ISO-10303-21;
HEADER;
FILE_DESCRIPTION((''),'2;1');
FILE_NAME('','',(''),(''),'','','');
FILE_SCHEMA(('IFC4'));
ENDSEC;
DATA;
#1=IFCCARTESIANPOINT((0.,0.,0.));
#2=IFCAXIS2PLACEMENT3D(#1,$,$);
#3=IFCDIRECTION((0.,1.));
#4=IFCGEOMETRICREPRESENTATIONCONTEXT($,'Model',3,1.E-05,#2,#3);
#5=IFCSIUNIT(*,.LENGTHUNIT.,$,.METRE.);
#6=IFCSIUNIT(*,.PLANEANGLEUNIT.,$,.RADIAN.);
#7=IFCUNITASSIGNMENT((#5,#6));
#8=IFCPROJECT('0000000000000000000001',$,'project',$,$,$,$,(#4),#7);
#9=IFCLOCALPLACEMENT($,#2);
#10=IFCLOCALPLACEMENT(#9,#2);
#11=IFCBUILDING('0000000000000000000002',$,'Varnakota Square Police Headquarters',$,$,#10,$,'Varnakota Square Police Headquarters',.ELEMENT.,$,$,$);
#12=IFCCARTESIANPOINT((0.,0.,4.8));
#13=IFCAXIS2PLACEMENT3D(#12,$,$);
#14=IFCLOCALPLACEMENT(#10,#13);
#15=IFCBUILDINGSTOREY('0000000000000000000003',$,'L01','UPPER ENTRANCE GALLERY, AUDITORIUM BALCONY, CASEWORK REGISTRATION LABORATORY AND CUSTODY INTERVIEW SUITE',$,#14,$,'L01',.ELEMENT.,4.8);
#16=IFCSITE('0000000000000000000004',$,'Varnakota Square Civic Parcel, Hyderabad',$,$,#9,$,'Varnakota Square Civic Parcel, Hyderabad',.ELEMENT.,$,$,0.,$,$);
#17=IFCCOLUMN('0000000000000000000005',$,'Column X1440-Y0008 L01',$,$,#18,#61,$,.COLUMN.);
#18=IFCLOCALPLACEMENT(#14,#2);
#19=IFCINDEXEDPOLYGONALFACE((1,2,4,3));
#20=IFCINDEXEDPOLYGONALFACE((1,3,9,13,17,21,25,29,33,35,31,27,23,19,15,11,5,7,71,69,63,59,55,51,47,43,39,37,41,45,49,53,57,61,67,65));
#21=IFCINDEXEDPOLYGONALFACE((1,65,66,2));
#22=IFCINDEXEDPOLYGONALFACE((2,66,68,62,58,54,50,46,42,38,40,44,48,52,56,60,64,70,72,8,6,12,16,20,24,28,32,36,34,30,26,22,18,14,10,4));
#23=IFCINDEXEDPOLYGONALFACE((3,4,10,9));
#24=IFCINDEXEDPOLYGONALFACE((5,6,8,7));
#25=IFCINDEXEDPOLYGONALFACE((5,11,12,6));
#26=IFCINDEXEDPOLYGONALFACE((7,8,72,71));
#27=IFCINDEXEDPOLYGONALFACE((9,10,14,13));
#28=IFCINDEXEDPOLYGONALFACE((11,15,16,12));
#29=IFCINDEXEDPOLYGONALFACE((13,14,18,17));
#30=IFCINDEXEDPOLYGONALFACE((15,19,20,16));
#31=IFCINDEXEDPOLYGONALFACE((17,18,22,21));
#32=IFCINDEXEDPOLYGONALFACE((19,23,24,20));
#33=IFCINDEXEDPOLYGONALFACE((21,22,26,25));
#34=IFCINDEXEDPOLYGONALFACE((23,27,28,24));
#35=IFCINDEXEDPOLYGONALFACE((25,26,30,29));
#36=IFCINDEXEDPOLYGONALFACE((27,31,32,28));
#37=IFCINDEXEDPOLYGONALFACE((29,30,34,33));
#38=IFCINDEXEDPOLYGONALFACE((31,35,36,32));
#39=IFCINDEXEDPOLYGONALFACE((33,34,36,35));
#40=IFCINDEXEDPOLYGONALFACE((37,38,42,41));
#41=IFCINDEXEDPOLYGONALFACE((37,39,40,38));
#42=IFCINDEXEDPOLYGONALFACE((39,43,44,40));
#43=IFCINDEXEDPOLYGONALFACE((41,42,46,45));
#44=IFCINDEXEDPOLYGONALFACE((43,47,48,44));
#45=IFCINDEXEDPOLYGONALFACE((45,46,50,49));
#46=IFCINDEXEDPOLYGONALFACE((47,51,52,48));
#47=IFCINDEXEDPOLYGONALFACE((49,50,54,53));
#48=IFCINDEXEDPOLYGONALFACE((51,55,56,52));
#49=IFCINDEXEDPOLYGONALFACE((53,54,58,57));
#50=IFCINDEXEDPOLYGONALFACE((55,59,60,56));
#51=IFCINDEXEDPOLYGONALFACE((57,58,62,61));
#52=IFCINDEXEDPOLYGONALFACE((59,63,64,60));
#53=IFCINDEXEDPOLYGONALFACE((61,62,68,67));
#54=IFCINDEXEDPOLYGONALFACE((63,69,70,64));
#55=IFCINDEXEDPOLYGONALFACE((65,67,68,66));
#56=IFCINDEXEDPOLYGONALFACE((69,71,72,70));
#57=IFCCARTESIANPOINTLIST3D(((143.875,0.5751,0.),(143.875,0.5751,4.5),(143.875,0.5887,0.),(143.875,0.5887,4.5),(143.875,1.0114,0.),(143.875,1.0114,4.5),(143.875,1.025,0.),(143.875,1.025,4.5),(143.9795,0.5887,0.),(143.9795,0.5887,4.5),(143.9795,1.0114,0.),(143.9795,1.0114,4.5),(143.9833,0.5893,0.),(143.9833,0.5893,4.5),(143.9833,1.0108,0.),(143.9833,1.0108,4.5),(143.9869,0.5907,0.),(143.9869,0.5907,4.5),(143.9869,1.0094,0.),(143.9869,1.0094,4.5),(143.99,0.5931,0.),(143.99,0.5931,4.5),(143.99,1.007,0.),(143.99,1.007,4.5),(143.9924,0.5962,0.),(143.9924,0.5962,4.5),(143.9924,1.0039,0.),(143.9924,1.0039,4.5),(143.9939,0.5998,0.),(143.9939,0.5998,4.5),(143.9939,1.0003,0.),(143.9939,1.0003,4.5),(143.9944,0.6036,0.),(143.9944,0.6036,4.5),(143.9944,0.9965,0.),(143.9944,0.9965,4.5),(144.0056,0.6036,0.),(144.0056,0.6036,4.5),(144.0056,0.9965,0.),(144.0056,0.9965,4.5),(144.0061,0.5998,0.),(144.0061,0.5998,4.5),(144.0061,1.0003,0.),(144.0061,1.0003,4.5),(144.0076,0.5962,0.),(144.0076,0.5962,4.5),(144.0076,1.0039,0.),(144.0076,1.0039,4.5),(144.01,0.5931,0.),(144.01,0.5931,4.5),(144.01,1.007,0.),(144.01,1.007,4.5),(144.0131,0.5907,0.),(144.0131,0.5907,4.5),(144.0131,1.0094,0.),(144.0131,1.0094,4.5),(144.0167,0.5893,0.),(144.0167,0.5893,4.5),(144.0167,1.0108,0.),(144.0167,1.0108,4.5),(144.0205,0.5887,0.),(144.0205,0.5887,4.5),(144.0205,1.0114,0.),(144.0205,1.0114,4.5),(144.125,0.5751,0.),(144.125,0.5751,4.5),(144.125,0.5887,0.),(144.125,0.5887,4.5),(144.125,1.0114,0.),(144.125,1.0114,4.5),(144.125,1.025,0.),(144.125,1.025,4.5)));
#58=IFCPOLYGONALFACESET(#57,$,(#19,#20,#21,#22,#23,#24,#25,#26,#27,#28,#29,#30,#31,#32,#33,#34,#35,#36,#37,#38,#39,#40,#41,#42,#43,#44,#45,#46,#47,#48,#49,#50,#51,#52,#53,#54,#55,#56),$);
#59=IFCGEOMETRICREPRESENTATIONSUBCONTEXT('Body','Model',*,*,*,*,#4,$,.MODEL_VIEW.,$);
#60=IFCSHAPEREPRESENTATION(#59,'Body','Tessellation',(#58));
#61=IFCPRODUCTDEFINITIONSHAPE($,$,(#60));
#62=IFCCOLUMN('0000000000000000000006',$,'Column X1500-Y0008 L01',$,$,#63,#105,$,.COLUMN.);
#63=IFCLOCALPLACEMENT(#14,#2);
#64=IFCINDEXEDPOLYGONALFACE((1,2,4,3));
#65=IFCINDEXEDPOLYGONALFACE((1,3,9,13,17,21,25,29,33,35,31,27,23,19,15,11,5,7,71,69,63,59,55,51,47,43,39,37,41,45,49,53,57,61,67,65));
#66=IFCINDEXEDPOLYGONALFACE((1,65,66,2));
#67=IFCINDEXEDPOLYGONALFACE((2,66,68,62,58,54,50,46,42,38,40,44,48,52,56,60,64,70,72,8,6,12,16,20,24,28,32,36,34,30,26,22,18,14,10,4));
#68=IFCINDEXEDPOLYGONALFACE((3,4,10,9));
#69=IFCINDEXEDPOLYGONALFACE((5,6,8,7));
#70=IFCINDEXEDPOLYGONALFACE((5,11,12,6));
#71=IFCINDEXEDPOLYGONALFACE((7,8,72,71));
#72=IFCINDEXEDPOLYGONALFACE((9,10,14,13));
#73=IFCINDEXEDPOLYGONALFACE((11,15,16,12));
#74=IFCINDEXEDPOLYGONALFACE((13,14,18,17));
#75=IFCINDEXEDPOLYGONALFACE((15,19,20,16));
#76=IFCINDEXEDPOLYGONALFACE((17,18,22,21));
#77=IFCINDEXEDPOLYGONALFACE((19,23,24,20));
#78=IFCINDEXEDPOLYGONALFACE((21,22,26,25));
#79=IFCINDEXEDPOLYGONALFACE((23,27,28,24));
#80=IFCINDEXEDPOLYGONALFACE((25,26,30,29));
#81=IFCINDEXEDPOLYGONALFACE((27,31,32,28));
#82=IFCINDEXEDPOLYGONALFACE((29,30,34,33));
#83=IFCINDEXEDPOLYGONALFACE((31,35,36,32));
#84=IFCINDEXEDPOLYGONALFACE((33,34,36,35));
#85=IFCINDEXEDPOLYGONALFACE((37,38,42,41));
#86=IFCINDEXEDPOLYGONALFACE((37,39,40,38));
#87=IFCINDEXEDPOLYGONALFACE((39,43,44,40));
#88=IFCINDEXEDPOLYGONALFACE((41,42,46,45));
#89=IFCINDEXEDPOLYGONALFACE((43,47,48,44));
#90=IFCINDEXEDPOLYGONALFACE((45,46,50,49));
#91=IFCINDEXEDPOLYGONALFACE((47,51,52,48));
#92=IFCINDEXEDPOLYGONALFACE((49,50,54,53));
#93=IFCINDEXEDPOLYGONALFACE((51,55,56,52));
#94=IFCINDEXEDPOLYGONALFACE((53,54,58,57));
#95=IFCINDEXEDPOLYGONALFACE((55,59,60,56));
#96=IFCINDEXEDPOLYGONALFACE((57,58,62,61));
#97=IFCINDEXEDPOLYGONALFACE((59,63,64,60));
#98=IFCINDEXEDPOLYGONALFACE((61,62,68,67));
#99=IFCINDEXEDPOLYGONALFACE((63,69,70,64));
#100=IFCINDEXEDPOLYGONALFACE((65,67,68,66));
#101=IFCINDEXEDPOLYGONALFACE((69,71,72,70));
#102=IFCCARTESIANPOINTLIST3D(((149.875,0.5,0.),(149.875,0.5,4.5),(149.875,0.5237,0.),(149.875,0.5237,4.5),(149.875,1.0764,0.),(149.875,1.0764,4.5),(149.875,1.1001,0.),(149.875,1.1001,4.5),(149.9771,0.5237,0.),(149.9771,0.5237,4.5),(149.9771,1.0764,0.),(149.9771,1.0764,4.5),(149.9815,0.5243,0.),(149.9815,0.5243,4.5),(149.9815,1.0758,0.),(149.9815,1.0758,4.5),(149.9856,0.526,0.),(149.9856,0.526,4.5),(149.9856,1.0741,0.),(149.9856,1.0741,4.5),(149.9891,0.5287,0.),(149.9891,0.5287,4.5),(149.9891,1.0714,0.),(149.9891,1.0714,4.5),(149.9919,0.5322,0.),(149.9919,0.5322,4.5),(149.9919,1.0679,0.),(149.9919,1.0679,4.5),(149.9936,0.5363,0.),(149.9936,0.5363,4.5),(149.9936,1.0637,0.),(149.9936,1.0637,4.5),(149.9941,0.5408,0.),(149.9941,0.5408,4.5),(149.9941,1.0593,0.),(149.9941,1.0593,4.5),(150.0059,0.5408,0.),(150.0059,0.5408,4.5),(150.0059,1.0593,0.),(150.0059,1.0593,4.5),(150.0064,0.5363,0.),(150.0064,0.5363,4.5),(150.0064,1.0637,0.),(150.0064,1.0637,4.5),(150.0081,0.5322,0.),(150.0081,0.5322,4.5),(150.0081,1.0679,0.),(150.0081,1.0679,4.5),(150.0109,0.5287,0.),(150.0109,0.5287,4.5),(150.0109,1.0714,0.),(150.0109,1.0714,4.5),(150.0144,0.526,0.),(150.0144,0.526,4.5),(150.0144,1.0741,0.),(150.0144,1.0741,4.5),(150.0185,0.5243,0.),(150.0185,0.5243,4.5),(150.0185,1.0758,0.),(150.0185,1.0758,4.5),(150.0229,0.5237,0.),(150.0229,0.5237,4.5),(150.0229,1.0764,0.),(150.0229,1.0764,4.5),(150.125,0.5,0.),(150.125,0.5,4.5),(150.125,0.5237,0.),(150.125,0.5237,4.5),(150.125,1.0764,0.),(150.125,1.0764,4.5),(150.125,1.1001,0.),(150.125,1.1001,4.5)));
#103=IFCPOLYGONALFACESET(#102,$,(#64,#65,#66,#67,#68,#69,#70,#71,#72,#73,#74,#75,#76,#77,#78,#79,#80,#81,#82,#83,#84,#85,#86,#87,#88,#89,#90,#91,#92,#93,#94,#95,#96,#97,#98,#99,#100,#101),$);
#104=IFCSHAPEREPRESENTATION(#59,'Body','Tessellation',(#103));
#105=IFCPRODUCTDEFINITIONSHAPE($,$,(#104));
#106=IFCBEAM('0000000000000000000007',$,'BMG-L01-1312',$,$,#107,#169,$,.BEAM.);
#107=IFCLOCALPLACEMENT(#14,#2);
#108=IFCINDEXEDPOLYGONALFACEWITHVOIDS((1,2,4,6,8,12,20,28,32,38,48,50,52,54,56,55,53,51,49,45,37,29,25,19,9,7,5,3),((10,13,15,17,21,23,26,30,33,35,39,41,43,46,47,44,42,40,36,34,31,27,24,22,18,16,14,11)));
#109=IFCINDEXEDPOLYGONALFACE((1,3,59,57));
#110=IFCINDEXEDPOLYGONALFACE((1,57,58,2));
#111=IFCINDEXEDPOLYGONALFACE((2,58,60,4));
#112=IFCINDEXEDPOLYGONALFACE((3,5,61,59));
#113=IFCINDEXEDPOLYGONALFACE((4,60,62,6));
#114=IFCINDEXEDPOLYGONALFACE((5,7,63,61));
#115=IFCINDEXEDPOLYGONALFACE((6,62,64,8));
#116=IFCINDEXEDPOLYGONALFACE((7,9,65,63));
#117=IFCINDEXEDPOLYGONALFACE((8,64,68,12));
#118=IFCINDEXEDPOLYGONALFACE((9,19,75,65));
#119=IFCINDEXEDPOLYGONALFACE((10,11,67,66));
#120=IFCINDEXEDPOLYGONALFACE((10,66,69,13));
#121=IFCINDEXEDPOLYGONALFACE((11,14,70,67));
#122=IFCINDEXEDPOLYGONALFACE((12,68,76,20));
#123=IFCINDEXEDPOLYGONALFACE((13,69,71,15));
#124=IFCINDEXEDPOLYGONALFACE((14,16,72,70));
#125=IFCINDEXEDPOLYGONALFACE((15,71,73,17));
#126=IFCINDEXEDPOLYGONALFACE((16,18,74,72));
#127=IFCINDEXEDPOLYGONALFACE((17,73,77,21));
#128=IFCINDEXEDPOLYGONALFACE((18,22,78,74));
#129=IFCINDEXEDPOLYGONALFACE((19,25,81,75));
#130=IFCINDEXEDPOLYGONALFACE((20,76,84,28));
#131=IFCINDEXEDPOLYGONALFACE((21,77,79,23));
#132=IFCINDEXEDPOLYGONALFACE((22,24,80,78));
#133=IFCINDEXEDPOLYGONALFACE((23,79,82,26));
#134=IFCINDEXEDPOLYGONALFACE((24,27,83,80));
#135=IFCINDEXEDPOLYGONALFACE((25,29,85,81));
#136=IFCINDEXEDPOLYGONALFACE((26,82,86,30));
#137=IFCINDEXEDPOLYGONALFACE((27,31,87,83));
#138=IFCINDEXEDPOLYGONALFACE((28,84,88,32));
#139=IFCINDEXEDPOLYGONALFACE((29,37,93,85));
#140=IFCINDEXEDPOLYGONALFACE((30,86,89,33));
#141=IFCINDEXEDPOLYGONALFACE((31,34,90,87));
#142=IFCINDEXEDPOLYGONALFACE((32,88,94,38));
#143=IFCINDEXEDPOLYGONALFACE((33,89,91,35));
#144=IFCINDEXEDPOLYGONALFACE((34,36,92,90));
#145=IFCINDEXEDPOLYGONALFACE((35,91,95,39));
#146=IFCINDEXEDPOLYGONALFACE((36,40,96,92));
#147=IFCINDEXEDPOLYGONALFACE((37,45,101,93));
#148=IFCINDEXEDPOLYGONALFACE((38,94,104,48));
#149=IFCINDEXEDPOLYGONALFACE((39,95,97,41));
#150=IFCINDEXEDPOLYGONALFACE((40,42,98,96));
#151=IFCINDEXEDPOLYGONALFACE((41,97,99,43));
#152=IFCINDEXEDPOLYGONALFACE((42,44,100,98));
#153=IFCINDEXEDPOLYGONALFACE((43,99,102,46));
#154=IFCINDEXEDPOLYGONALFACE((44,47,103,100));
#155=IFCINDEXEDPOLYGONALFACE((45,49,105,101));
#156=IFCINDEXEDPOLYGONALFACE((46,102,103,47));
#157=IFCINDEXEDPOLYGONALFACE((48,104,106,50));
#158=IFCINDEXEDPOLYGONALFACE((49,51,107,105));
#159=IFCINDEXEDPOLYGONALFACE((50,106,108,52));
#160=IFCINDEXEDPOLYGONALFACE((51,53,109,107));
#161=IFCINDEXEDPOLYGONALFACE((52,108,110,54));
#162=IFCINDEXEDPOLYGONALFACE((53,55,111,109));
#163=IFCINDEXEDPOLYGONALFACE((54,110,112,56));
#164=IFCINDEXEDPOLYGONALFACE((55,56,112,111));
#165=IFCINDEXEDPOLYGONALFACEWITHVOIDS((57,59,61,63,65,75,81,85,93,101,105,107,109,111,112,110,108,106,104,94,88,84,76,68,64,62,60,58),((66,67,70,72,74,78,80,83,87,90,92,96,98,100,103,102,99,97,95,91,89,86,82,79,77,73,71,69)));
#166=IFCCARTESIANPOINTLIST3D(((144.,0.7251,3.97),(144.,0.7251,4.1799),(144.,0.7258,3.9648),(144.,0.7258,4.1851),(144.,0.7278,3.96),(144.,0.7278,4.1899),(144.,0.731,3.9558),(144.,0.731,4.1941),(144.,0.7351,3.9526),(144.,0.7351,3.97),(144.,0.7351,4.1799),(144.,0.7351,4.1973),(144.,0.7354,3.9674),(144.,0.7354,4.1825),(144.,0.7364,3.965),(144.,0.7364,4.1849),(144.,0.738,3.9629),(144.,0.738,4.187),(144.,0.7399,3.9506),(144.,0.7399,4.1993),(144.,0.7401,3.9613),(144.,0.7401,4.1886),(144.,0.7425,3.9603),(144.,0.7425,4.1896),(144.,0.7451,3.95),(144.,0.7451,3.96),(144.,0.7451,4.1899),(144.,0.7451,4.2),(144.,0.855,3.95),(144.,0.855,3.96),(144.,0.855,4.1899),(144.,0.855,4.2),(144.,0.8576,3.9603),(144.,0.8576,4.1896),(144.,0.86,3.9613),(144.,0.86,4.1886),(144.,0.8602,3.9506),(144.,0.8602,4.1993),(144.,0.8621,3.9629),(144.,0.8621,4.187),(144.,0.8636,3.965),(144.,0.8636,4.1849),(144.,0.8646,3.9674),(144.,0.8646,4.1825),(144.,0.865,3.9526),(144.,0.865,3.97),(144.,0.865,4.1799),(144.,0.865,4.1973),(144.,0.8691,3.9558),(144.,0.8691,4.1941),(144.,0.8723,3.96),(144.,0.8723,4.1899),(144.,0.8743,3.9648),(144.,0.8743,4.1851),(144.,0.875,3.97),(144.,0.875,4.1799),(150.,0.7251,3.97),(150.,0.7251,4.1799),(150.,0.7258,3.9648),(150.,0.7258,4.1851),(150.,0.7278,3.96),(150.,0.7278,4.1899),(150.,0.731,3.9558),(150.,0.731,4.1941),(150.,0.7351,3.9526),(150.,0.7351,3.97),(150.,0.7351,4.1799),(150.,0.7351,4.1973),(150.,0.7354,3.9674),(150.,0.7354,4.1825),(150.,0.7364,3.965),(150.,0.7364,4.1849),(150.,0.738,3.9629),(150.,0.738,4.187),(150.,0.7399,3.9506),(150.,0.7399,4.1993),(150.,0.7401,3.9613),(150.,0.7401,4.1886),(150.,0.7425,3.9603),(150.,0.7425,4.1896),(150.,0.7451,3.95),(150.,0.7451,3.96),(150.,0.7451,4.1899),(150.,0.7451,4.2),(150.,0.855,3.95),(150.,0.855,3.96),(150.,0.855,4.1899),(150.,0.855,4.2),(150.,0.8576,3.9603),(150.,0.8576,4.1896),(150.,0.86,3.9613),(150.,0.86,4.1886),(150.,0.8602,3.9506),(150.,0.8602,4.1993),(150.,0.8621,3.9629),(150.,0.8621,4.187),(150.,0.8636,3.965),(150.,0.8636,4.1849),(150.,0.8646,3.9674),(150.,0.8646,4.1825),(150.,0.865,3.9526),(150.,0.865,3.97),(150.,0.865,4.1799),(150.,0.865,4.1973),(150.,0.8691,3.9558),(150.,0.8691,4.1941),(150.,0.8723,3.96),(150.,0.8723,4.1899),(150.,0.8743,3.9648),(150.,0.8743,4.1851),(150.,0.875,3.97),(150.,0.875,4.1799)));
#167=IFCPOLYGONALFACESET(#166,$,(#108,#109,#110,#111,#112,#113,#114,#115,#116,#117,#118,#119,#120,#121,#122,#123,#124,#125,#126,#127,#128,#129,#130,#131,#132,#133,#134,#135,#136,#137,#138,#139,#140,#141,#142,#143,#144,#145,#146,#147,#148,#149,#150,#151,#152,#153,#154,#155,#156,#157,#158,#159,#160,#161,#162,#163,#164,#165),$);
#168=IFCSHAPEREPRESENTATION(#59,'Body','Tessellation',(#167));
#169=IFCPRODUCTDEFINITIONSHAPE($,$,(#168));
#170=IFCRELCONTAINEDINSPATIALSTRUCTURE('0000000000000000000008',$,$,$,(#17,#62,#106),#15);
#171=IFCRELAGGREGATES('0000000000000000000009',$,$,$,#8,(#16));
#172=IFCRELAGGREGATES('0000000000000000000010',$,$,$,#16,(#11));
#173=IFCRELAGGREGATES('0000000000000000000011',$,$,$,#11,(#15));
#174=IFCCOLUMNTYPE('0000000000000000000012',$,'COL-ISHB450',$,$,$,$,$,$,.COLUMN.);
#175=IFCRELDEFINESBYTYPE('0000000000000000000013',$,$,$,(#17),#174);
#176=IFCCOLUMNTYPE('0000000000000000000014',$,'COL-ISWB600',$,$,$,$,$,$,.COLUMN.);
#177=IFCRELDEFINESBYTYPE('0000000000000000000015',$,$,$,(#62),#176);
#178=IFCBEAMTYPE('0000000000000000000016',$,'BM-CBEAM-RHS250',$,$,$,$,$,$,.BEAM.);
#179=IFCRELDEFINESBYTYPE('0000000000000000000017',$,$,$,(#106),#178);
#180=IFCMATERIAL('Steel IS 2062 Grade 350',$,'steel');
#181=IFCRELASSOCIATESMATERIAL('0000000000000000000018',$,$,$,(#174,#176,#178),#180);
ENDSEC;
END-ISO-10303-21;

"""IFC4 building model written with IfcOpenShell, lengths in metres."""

from ifc_helpers import new_model, si_unit, direction, frame, origin, origin_2d, place, context, subcontext, project, spatial, hollow_rectangle, i_section, extrude, material, material_profile, profile_set, type_object, element, save


model = new_model("IFC4")

# Units and contexts
model_context = context("Model", 3, precision=1e-05, world=origin(), true_north=direction((0.0, 1.0)))
body_context = subcontext(model_context, "Body", "Model", "MODEL_VIEW")
ifc_project = project(units=[si_unit("LENGTHUNIT", "METRE"), si_unit("PLANEANGLEUNIT", "RADIAN")], contexts=[model_context])

# Site, building, storey
site_placement = place(None, origin())
site = spatial("IfcSite", under=ifc_project, at=site_placement, Name="Varnakota Square Civic Parcel, Hyderabad", LongName="Varnakota Square Civic Parcel, Hyderabad", CompositionType="ELEMENT", RefElevation=0.0)
building_placement = place(site_placement, origin())
building = spatial("IfcBuilding", under=site, at=building_placement, Name="Varnakota Square Police Headquarters", LongName="Varnakota Square Police Headquarters", CompositionType="ELEMENT")
storey_placement = place(building_placement, frame((0.0, 0.0, 4.8)))
storey = spatial("IfcBuildingStorey", under=building, at=storey_placement, Name="L01", Description="UPPER ENTRANCE GALLERY, AUDITORIUM BALCONY, CASEWORK REGISTRATION LABORATORY AND CUSTODY INTERVIEW SUITE", LongName="L01", CompositionType="ELEMENT", Elevation=4.8)

# Columns
ifc_material_1 = material(Name="Steel IS 2062 Grade 350", Category="steel")
ifc_material_profile_1 = material_profile(ifc_material_1, i_section(OverallWidth=0.25, OverallDepth=0.45, WebThickness=0.0112, FlangeThickness=0.0137, FilletRadius=0.0149, at=origin_2d()), Name="ISHB 450")
ifc_profile_set_1 = profile_set([ifc_material_profile_1], Name="Steel IS 2062 Grade 350")
column_type_1 = type_object("IfcColumnType", Name="COL-ISHB450", PredefinedType="COLUMN", material=ifc_profile_set_1)
column_1_placement = place(storey_placement, frame((144.0, 0.8, 0.0), z_axis=(0.0, 0.0, 1.0), x_axis=(1.0, 0.0, 0.0)))
element("IfcColumn", 1, at=column_1_placement, inside=storey, type_object=column_type_1, Name="Column X1440-Y0008 L01", PredefinedType="COLUMN", context=body_context, shape_type="SweptSolid", body=[
    extrude(i_section(OverallWidth=0.25, OverallDepth=0.45, WebThickness=0.0112, FlangeThickness=0.0137, FilletRadius=0.0149, at=origin_2d()), origin(), (0.0, 0.0, 1.0), 4.5),
])
ifc_material_profile_2 = material_profile(ifc_material_1, i_section(OverallWidth=0.25, OverallDepth=0.6001, WebThickness=0.0117, FlangeThickness=0.0237, FilletRadius=0.0171, at=origin_2d()), Name="ISWB 600")
ifc_profile_set_2 = profile_set([ifc_material_profile_2], Name="Steel IS 2062 Grade 350")
column_type_2 = type_object("IfcColumnType", Name="COL-ISWB600", PredefinedType="COLUMN", material=ifc_profile_set_2)
column_2_placement = place(storey_placement, frame((150.0, 0.8, 0.0), z_axis=(0.0, 0.0, 1.0), x_axis=(1.0, 0.0, 0.0)))
element("IfcColumn", 2, at=column_2_placement, inside=storey, type_object=column_type_2, Name="Column X1500-Y0008 L01", PredefinedType="COLUMN", context=body_context, shape_type="SweptSolid", body=[
    extrude(i_section(OverallWidth=0.25, OverallDepth=0.6001, WebThickness=0.0117, FlangeThickness=0.0237, FilletRadius=0.0171, at=origin_2d()), origin(), (0.0, 0.0, 1.0), 4.5),
])

# Beam
ifc_material_profile_3 = material_profile(ifc_material_1, hollow_rectangle(XDim=0.1499, YDim=0.25, WallThickness=0.01, InnerFilletRadius=0.01, OuterFilletRadius=0.02, at=origin_2d()), Name="RHS 250x150x10")
ifc_profile_set_3 = profile_set([ifc_material_profile_3], Name="Steel IS 2062 Grade 350")
beam_type_1 = type_object("IfcBeamType", Name="BM-CBEAM-RHS250", PredefinedType="BEAM", material=ifc_profile_set_3)
beam_1_placement = place(storey_placement, frame((144.0, 0.8, 4.075), z_axis=(1.0, 0.0, 0.0), x_axis=(0.0, 1.0, 0.0)))
element("IfcBeam", 3, at=beam_1_placement, inside=storey, type_object=beam_type_1, Name="BMG-L01-1312", PredefinedType="BEAM", context=body_context, shape_type="SweptSolid", body=[
    extrude(hollow_rectangle(XDim=0.1499, YDim=0.25, WallThickness=0.01, InnerFilletRadius=0.01, OuterFilletRadius=0.02, at=origin_2d()), origin(), (0.0, 0.0, 1.0), 6.0),
])

save(model, "model.ifc")
